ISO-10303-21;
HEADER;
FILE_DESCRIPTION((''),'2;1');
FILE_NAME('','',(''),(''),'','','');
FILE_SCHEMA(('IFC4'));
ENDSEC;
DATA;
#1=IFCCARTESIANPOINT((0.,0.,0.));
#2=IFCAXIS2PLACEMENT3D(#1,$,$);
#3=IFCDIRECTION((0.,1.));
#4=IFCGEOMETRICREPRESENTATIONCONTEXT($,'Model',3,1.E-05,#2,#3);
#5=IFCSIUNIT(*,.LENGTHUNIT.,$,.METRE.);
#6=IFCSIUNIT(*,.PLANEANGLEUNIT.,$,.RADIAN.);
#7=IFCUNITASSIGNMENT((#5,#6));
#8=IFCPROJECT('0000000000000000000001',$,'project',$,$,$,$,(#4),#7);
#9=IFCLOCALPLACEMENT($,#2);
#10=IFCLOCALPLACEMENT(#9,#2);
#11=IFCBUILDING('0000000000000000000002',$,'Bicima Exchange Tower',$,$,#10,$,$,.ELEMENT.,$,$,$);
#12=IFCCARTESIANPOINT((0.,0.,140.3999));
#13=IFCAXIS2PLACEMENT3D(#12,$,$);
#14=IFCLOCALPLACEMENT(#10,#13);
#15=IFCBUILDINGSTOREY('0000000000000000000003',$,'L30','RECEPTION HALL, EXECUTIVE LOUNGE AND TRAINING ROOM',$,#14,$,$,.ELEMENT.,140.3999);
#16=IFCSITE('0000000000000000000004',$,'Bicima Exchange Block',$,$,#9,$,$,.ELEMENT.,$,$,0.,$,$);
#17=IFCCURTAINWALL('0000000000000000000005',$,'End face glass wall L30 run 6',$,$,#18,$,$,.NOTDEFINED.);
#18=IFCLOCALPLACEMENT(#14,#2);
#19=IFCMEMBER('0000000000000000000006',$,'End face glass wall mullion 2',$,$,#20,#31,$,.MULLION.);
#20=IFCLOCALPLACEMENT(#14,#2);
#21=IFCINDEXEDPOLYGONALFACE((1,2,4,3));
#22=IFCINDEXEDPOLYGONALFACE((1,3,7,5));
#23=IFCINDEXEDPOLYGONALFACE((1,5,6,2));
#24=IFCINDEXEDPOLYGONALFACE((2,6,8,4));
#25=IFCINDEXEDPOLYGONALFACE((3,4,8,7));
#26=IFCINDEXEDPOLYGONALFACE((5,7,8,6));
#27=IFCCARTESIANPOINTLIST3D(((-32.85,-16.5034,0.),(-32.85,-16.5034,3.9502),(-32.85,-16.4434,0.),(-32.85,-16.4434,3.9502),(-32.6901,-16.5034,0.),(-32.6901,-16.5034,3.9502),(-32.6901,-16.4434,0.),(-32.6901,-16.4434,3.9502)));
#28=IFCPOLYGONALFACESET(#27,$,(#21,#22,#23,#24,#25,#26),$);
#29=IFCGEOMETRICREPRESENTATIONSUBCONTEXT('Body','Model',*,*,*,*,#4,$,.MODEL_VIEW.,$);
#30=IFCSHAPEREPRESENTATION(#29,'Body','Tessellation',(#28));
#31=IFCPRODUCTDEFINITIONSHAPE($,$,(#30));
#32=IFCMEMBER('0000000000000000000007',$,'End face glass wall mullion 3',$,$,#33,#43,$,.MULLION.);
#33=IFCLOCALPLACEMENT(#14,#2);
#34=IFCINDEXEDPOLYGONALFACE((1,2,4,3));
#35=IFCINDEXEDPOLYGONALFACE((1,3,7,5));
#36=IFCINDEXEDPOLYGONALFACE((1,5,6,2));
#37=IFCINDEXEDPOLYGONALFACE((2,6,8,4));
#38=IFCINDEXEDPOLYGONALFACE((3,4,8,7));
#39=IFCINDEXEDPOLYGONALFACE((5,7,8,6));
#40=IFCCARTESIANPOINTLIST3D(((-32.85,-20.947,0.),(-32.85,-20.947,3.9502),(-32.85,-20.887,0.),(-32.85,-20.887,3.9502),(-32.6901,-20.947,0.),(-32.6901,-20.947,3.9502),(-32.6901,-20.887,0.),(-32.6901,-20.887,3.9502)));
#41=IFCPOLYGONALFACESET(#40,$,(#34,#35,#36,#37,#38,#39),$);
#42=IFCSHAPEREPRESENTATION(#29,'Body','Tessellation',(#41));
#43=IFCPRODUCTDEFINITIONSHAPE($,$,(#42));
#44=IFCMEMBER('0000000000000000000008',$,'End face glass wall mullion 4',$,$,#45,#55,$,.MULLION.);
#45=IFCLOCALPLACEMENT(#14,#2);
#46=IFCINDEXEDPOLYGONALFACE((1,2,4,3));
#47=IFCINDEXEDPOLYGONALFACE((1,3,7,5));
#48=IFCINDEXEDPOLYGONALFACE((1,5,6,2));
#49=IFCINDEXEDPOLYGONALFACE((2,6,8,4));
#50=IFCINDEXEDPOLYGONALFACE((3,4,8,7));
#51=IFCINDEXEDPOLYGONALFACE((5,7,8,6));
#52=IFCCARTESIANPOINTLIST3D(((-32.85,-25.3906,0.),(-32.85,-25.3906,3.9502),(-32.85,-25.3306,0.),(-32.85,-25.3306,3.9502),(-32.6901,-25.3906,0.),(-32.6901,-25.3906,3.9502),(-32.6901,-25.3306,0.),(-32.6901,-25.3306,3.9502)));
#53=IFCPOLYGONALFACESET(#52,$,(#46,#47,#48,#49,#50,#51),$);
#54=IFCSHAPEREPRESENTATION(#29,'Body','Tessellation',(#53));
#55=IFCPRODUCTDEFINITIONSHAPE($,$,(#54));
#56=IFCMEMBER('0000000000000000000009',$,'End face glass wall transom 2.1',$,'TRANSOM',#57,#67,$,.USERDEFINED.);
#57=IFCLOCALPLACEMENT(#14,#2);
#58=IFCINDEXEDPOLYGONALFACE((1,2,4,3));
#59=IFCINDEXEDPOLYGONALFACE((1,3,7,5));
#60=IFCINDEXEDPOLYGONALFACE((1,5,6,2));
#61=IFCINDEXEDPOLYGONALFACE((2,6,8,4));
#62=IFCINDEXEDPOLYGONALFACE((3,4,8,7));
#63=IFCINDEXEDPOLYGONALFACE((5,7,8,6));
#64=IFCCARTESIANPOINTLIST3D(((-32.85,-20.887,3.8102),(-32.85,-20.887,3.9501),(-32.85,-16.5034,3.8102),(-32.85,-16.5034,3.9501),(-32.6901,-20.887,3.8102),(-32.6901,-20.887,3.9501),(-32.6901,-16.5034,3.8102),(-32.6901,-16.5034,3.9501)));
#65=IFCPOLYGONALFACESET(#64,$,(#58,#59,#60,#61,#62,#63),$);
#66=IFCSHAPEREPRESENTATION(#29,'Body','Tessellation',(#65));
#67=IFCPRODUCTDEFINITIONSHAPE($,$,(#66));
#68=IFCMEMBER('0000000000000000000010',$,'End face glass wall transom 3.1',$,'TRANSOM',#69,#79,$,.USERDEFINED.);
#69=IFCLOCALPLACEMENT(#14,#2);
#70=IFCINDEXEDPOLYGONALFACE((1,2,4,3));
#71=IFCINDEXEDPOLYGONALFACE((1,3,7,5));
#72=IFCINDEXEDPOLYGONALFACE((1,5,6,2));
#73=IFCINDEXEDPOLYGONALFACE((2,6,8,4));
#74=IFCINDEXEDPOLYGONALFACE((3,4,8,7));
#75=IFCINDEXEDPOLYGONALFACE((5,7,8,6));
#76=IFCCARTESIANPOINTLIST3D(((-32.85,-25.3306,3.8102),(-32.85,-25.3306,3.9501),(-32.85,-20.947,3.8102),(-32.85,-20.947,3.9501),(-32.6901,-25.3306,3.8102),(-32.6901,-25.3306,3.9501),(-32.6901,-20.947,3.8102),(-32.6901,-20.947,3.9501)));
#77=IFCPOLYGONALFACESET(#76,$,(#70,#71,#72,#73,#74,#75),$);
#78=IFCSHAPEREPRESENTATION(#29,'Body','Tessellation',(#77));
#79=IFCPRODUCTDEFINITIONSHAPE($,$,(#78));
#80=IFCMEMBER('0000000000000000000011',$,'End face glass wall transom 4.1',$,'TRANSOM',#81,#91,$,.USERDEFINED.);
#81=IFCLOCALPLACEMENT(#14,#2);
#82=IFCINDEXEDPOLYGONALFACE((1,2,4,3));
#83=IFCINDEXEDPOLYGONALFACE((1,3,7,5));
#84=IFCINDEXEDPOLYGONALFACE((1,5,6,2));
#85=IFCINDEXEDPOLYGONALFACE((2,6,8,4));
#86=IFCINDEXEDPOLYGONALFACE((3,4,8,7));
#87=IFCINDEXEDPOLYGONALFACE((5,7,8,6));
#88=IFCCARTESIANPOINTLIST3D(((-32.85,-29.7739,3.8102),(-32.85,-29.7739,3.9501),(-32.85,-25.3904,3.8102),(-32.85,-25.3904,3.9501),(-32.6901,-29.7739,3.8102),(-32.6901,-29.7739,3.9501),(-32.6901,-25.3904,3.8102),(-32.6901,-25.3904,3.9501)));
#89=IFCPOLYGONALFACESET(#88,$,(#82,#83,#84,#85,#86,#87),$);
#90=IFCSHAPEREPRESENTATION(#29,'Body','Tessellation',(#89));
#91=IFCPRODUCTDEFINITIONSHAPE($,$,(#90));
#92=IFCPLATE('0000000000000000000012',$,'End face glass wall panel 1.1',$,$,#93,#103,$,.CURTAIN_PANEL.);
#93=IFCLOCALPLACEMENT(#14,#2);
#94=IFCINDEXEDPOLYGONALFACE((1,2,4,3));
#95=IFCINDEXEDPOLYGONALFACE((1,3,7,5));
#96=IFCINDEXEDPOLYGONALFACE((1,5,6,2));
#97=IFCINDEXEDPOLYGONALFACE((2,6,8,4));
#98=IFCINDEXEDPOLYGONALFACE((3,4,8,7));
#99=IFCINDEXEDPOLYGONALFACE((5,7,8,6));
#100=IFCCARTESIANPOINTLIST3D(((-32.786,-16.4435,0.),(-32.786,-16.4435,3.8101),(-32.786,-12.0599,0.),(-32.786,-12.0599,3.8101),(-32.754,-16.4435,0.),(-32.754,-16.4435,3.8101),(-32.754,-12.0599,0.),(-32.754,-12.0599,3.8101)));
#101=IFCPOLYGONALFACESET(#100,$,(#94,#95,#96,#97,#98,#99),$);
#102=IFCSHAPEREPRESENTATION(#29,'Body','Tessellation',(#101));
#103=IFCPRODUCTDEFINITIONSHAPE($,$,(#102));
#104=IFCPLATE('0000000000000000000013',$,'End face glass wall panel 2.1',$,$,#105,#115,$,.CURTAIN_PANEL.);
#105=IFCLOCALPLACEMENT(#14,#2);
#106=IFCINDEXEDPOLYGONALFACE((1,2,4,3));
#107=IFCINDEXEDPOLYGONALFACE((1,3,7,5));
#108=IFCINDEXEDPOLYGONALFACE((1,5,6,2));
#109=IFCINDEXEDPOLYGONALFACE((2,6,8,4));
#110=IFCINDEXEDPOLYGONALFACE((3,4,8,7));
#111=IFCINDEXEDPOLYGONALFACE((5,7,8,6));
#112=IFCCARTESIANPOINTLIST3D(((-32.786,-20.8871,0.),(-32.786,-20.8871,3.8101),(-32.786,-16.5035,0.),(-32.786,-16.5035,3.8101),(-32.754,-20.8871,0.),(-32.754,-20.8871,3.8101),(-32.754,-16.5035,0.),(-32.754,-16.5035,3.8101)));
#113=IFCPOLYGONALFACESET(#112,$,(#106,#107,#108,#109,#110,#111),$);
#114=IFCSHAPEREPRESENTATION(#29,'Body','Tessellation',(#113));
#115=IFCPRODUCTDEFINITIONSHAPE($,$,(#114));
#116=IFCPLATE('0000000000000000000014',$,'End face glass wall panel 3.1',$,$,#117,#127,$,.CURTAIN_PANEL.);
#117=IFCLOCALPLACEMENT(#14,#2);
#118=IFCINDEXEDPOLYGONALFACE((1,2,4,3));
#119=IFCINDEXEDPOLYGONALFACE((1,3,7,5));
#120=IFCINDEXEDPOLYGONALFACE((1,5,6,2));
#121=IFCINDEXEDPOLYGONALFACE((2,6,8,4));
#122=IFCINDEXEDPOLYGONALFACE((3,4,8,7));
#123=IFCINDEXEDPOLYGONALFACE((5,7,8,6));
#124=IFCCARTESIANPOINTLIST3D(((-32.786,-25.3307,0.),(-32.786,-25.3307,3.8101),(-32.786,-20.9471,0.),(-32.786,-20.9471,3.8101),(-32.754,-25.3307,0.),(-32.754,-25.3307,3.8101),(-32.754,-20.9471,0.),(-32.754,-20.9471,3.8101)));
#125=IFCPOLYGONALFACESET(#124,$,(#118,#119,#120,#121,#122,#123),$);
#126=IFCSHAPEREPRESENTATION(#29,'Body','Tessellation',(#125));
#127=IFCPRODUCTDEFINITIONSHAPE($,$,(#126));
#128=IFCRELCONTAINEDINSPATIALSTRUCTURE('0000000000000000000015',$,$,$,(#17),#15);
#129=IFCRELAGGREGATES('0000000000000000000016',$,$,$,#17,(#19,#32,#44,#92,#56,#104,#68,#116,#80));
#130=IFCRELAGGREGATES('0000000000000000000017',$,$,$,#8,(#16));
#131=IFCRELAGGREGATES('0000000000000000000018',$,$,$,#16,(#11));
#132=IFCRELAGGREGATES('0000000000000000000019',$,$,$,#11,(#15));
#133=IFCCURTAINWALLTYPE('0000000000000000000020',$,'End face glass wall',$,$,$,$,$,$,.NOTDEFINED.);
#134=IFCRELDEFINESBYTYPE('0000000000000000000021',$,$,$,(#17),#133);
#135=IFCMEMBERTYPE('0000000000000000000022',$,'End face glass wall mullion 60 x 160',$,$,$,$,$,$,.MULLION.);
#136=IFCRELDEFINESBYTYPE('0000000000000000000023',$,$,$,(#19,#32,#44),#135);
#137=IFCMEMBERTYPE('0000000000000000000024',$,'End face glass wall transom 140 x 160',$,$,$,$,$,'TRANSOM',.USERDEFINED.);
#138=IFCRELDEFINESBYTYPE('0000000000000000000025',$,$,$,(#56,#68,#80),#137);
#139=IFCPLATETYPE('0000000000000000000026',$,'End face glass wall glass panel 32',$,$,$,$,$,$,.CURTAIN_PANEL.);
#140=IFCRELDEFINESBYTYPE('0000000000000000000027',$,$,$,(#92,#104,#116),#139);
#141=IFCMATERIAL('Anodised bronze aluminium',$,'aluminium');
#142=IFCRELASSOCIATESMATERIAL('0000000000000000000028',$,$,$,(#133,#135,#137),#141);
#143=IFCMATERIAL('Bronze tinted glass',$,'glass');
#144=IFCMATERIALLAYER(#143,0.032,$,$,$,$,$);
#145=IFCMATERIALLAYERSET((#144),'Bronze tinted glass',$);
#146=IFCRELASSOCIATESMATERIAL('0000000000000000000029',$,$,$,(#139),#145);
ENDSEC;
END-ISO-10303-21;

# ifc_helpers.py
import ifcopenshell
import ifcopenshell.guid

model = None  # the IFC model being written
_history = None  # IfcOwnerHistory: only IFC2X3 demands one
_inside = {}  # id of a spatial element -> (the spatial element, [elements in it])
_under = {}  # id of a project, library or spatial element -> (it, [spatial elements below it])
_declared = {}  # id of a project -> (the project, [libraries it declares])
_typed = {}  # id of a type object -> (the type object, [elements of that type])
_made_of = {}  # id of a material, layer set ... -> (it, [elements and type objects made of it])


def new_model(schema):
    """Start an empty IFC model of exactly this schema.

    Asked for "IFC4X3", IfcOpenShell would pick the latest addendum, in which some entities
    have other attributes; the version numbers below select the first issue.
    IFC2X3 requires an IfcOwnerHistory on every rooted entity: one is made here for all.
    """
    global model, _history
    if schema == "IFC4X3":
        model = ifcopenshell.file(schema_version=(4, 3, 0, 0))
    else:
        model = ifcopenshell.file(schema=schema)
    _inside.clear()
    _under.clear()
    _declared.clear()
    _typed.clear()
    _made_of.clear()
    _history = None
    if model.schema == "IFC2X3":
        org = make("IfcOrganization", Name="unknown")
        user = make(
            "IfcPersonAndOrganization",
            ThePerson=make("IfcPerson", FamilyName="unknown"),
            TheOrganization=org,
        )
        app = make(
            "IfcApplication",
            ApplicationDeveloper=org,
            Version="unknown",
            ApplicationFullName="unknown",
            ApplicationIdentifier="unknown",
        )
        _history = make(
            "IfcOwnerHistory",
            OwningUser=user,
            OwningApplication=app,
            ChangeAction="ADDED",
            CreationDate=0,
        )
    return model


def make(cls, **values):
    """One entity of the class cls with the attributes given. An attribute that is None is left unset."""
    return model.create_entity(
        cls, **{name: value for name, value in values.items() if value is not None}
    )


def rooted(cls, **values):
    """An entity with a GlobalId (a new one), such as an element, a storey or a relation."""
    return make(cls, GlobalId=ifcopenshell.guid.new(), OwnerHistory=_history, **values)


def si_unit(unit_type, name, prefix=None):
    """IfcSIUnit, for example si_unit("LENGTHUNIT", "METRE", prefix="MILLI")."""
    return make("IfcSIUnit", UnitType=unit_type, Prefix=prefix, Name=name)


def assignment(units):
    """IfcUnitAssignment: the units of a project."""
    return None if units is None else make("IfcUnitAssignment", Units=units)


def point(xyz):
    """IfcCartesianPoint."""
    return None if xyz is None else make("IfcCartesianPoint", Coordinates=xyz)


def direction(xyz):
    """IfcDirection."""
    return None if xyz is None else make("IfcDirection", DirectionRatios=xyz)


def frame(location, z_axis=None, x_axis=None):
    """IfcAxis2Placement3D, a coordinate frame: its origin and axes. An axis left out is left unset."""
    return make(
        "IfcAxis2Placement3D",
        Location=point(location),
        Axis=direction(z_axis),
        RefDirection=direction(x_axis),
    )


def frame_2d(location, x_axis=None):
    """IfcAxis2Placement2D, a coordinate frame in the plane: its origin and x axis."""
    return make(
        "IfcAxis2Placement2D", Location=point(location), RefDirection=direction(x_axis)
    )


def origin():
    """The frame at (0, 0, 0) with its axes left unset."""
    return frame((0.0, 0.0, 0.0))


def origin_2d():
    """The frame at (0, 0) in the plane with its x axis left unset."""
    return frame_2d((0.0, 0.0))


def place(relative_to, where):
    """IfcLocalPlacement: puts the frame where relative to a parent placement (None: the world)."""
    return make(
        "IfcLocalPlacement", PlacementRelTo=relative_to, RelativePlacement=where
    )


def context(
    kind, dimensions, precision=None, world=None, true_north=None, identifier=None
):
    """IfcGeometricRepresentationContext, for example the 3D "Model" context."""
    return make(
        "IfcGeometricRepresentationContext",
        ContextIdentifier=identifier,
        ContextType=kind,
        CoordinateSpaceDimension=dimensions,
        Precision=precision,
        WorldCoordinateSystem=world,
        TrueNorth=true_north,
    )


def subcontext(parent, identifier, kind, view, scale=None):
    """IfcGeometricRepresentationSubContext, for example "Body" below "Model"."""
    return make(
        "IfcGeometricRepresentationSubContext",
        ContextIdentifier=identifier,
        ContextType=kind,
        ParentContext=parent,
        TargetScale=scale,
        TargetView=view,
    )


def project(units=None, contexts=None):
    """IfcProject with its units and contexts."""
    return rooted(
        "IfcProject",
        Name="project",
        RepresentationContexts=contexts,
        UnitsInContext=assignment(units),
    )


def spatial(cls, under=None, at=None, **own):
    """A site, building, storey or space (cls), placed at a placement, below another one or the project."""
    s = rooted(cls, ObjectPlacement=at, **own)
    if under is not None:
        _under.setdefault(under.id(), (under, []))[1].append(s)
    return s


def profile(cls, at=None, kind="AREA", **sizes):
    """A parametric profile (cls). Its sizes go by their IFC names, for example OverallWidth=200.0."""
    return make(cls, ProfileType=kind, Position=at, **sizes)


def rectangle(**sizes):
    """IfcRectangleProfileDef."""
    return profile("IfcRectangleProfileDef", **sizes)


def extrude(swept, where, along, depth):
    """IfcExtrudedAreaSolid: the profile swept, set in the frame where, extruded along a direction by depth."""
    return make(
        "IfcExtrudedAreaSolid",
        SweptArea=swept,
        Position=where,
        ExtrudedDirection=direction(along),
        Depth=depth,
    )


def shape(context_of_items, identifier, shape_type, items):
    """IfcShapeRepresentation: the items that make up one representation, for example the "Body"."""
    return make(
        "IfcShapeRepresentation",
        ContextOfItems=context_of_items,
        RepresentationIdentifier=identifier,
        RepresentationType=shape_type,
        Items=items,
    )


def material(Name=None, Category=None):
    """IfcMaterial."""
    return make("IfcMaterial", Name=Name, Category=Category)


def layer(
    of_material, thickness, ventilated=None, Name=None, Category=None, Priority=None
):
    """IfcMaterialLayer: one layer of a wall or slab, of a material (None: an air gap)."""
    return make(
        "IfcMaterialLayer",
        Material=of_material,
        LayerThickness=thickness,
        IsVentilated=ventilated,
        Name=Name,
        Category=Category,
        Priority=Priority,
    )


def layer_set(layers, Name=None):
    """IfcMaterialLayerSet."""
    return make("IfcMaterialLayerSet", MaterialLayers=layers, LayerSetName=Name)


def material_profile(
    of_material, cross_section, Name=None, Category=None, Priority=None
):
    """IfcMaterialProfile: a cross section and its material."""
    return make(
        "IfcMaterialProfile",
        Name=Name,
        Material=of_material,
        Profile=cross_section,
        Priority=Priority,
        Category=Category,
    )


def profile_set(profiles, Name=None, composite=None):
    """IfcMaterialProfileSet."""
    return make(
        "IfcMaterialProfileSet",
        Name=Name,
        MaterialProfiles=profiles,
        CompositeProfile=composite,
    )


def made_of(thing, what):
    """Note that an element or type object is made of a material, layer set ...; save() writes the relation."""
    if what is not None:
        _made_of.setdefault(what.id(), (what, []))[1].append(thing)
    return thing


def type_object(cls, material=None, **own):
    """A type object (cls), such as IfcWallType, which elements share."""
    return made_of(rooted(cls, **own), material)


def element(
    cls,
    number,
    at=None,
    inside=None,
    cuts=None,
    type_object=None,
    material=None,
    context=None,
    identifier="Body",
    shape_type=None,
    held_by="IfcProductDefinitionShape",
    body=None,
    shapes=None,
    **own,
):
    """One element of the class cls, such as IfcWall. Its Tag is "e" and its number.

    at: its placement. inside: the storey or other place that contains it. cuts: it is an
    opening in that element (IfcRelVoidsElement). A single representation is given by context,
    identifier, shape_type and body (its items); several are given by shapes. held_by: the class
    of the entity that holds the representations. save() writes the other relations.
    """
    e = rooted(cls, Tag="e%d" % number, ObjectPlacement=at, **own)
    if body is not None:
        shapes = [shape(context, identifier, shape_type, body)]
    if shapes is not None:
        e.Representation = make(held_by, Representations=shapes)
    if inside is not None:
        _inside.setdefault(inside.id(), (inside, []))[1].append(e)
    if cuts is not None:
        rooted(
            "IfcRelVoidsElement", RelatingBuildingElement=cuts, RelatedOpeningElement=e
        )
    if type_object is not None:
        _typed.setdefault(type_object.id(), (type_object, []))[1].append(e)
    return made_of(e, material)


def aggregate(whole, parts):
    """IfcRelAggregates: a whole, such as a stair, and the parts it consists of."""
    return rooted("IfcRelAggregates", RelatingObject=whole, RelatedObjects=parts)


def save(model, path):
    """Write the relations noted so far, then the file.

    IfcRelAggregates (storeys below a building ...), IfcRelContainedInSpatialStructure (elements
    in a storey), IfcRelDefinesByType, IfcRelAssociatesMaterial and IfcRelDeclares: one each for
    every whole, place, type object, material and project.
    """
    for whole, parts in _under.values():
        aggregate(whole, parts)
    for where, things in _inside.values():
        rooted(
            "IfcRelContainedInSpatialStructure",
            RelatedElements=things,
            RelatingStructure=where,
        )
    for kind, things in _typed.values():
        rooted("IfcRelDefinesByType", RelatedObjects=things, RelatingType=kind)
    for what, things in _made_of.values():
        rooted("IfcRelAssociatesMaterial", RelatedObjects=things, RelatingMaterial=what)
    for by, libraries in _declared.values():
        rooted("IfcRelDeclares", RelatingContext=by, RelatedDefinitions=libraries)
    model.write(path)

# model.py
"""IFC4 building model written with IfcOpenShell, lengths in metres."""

from ifc_helpers import new_model, si_unit, direction, frame, origin, origin_2d, place, context, subcontext, project, spatial, rectangle, extrude, material, layer, layer_set, material_profile, profile_set, type_object, element, aggregate, save


model = new_model("IFC4")

# Units and contexts
model_context = context("Model", 3, precision=1e-05, world=origin(), true_north=direction((0.0, 1.0)))
body_context = subcontext(model_context, "Body", "Model", "MODEL_VIEW")
ifc_project = project(units=[si_unit("LENGTHUNIT", "METRE"), si_unit("PLANEANGLEUNIT", "RADIAN")], contexts=[model_context])

# Site, building, storey
site_placement = place(None, origin())
site = spatial("IfcSite", under=ifc_project, at=site_placement, Name="Bicima Exchange Block", CompositionType="ELEMENT", RefElevation=0.0)
building_placement = place(site_placement, origin())
building = spatial("IfcBuilding", under=site, at=building_placement, Name="Bicima Exchange Tower", CompositionType="ELEMENT")
storey_placement = place(building_placement, frame((0.0, 0.0, 140.3999)))
storey = spatial("IfcBuildingStorey", under=building, at=storey_placement, Name="L30", Description="RECEPTION HALL, EXECUTIVE LOUNGE AND TRAINING ROOM", CompositionType="ELEMENT", Elevation=140.3999)

# Curtain wall, members, plates
ifc_material_1 = material(Name="Anodised bronze aluminium", Category="aluminium")
curtain_wall_type = type_object("IfcCurtainWallType", Name="End face glass wall", PredefinedType="NOTDEFINED", material=ifc_material_1)
curtain_wall_placement = place(storey_placement, origin())
curtain_wall = element("IfcCurtainWall", 1, at=curtain_wall_placement, inside=storey, type_object=curtain_wall_type, Name="End face glass wall L30 run 6", PredefinedType="NOTDEFINED")
ifc_material_profile_1 = material_profile(ifc_material_1, rectangle(XDim=0.1599, YDim=0.0601, at=origin_2d()))
ifc_profile_set_1 = profile_set([ifc_material_profile_1], Name="Anodised bronze aluminium")
member_type_1 = type_object("IfcMemberType", Name="End face glass wall mullion 60 x 160", PredefinedType="MULLION", material=ifc_profile_set_1)
member_1_placement = place(storey_placement, frame((-32.77, -16.4734, 0.0), z_axis=(0.0, 0.0, 1.0), x_axis=(1.0, 0.0, 0.0)))
member_1 = element("IfcMember", 2, at=member_1_placement, type_object=member_type_1, Name="End face glass wall mullion 2", PredefinedType="MULLION", context=body_context, shape_type="SweptSolid", body=[
    extrude(rectangle(XDim=0.1599, YDim=0.0601, at=origin_2d()), origin(), (0.0, 0.0, 1.0), 3.9502),
])
member_2_placement = place(storey_placement, frame((-32.77, -20.917, 0.0), z_axis=(0.0, 0.0, 1.0), x_axis=(1.0, 0.0, 0.0)))
member_2 = element("IfcMember", 3, at=member_2_placement, type_object=member_type_1, Name="End face glass wall mullion 3", PredefinedType="MULLION", context=body_context, shape_type="SweptSolid", body=[
    extrude(rectangle(XDim=0.1599, YDim=0.0601, at=origin_2d()), origin(), (0.0, 0.0, 1.0), 3.9502),
])
member_3_placement = place(storey_placement, frame((-32.77, -25.3606, 0.0), z_axis=(0.0, 0.0, 1.0), x_axis=(1.0, 0.0, 0.0)))
member_3 = element("IfcMember", 4, at=member_3_placement, type_object=member_type_1, Name="End face glass wall mullion 4", PredefinedType="MULLION", context=body_context, shape_type="SweptSolid", body=[
    extrude(rectangle(XDim=0.1599, YDim=0.0601, at=origin_2d()), origin(), (0.0, 0.0, 1.0), 3.9502),
])
ifc_material_profile_2 = material_profile(ifc_material_1, rectangle(XDim=0.1599, YDim=0.1399, at=origin_2d()))
ifc_profile_set_2 = profile_set([ifc_material_profile_2], Name="Anodised bronze aluminium")
member_type_2 = type_object("IfcMemberType", Name="End face glass wall transom 140 x 160", ElementType="TRANSOM", PredefinedType="USERDEFINED", material=ifc_profile_set_2)
member_4_placement = place(storey_placement, frame((-32.77, -16.5034, 3.8801), z_axis=(0.0, -1.0, 0.0), x_axis=(1.0, 0.0, 0.0)))
member_4 = element("IfcMember", 5, at=member_4_placement, type_object=member_type_2, Name="End face glass wall transom 2.1", ObjectType="TRANSOM", PredefinedType="USERDEFINED", context=body_context, shape_type="SweptSolid", body=[
    extrude(rectangle(XDim=0.1599, YDim=0.1399, at=origin_2d()), origin(), (0.0, 0.0, 1.0), 4.3835),
])
member_5_placement = place(storey_placement, frame((-32.77, -20.947, 3.8801), z_axis=(0.0, -1.0, 0.0), x_axis=(1.0, 0.0, 0.0)))
member_5 = element("IfcMember", 6, at=member_5_placement, type_object=member_type_2, Name="End face glass wall transom 3.1", ObjectType="TRANSOM", PredefinedType="USERDEFINED", context=body_context, shape_type="SweptSolid", body=[
    extrude(rectangle(XDim=0.1599, YDim=0.1399, at=origin_2d()), origin(), (0.0, 0.0, 1.0), 4.3835),
])
member_6_placement = place(storey_placement, frame((-32.77, -25.3904, 3.8801), z_axis=(0.0, -1.0, 0.0), x_axis=(1.0, 0.0, 0.0)))
member_6 = element("IfcMember", 7, at=member_6_placement, type_object=member_type_2, Name="End face glass wall transom 4.1", ObjectType="TRANSOM", PredefinedType="USERDEFINED", context=body_context, shape_type="SweptSolid", body=[
    extrude(rectangle(XDim=0.1599, YDim=0.1399, at=origin_2d()), origin(), (0.0, 0.0, 1.0), 4.3835),
])
ifc_material_2 = material(Name="Bronze tinted glass", Category="glass")
ifc_layer_1 = layer(ifc_material_2, 0.032)
ifc_layer_set_1 = layer_set([ifc_layer_1], Name="Bronze tinted glass")
plate_type = type_object("IfcPlateType", Name="End face glass wall glass panel 32", PredefinedType="CURTAIN_PANEL", material=ifc_layer_set_1)
plate_1_placement = place(storey_placement, frame((-32.77, -14.2517, 0.0), z_axis=(0.0, 0.0, 1.0), x_axis=(0.0, -1.0, 0.0)))
plate_1 = element("IfcPlate", 8, at=plate_1_placement, type_object=plate_type, Name="End face glass wall panel 1.1", PredefinedType="CURTAIN_PANEL", context=body_context, shape_type="SweptSolid", body=[
    extrude(rectangle(XDim=4.3835, YDim=0.032, at=origin_2d()), origin(), (0.0, 0.0, 1.0), 3.8101),
])
plate_2_placement = place(storey_placement, frame((-32.77, -18.6953, 0.0), z_axis=(0.0, 0.0, 1.0), x_axis=(0.0, -1.0, 0.0)))
plate_2 = element("IfcPlate", 9, at=plate_2_placement, type_object=plate_type, Name="End face glass wall panel 2.1", PredefinedType="CURTAIN_PANEL", context=body_context, shape_type="SweptSolid", body=[
    extrude(rectangle(XDim=4.3835, YDim=0.032, at=origin_2d()), origin(), (0.0, 0.0, 1.0), 3.8101),
])
plate_3_placement = place(storey_placement, frame((-32.77, -23.1389, 0.0), z_axis=(0.0, 0.0, 1.0), x_axis=(0.0, -1.0, 0.0)))
plate_3 = element("IfcPlate", 10, at=plate_3_placement, type_object=plate_type, Name="End face glass wall panel 3.1", PredefinedType="CURTAIN_PANEL", context=body_context, shape_type="SweptSolid", body=[
    extrude(rectangle(XDim=4.3835, YDim=0.032, at=origin_2d()), origin(), (0.0, 0.0, 1.0), 3.8101),
])
aggregate(curtain_wall, [member_1, member_2, member_3, plate_1, member_4, plate_2, member_5, plate_3, member_6])

save(model, "model.ifc")
